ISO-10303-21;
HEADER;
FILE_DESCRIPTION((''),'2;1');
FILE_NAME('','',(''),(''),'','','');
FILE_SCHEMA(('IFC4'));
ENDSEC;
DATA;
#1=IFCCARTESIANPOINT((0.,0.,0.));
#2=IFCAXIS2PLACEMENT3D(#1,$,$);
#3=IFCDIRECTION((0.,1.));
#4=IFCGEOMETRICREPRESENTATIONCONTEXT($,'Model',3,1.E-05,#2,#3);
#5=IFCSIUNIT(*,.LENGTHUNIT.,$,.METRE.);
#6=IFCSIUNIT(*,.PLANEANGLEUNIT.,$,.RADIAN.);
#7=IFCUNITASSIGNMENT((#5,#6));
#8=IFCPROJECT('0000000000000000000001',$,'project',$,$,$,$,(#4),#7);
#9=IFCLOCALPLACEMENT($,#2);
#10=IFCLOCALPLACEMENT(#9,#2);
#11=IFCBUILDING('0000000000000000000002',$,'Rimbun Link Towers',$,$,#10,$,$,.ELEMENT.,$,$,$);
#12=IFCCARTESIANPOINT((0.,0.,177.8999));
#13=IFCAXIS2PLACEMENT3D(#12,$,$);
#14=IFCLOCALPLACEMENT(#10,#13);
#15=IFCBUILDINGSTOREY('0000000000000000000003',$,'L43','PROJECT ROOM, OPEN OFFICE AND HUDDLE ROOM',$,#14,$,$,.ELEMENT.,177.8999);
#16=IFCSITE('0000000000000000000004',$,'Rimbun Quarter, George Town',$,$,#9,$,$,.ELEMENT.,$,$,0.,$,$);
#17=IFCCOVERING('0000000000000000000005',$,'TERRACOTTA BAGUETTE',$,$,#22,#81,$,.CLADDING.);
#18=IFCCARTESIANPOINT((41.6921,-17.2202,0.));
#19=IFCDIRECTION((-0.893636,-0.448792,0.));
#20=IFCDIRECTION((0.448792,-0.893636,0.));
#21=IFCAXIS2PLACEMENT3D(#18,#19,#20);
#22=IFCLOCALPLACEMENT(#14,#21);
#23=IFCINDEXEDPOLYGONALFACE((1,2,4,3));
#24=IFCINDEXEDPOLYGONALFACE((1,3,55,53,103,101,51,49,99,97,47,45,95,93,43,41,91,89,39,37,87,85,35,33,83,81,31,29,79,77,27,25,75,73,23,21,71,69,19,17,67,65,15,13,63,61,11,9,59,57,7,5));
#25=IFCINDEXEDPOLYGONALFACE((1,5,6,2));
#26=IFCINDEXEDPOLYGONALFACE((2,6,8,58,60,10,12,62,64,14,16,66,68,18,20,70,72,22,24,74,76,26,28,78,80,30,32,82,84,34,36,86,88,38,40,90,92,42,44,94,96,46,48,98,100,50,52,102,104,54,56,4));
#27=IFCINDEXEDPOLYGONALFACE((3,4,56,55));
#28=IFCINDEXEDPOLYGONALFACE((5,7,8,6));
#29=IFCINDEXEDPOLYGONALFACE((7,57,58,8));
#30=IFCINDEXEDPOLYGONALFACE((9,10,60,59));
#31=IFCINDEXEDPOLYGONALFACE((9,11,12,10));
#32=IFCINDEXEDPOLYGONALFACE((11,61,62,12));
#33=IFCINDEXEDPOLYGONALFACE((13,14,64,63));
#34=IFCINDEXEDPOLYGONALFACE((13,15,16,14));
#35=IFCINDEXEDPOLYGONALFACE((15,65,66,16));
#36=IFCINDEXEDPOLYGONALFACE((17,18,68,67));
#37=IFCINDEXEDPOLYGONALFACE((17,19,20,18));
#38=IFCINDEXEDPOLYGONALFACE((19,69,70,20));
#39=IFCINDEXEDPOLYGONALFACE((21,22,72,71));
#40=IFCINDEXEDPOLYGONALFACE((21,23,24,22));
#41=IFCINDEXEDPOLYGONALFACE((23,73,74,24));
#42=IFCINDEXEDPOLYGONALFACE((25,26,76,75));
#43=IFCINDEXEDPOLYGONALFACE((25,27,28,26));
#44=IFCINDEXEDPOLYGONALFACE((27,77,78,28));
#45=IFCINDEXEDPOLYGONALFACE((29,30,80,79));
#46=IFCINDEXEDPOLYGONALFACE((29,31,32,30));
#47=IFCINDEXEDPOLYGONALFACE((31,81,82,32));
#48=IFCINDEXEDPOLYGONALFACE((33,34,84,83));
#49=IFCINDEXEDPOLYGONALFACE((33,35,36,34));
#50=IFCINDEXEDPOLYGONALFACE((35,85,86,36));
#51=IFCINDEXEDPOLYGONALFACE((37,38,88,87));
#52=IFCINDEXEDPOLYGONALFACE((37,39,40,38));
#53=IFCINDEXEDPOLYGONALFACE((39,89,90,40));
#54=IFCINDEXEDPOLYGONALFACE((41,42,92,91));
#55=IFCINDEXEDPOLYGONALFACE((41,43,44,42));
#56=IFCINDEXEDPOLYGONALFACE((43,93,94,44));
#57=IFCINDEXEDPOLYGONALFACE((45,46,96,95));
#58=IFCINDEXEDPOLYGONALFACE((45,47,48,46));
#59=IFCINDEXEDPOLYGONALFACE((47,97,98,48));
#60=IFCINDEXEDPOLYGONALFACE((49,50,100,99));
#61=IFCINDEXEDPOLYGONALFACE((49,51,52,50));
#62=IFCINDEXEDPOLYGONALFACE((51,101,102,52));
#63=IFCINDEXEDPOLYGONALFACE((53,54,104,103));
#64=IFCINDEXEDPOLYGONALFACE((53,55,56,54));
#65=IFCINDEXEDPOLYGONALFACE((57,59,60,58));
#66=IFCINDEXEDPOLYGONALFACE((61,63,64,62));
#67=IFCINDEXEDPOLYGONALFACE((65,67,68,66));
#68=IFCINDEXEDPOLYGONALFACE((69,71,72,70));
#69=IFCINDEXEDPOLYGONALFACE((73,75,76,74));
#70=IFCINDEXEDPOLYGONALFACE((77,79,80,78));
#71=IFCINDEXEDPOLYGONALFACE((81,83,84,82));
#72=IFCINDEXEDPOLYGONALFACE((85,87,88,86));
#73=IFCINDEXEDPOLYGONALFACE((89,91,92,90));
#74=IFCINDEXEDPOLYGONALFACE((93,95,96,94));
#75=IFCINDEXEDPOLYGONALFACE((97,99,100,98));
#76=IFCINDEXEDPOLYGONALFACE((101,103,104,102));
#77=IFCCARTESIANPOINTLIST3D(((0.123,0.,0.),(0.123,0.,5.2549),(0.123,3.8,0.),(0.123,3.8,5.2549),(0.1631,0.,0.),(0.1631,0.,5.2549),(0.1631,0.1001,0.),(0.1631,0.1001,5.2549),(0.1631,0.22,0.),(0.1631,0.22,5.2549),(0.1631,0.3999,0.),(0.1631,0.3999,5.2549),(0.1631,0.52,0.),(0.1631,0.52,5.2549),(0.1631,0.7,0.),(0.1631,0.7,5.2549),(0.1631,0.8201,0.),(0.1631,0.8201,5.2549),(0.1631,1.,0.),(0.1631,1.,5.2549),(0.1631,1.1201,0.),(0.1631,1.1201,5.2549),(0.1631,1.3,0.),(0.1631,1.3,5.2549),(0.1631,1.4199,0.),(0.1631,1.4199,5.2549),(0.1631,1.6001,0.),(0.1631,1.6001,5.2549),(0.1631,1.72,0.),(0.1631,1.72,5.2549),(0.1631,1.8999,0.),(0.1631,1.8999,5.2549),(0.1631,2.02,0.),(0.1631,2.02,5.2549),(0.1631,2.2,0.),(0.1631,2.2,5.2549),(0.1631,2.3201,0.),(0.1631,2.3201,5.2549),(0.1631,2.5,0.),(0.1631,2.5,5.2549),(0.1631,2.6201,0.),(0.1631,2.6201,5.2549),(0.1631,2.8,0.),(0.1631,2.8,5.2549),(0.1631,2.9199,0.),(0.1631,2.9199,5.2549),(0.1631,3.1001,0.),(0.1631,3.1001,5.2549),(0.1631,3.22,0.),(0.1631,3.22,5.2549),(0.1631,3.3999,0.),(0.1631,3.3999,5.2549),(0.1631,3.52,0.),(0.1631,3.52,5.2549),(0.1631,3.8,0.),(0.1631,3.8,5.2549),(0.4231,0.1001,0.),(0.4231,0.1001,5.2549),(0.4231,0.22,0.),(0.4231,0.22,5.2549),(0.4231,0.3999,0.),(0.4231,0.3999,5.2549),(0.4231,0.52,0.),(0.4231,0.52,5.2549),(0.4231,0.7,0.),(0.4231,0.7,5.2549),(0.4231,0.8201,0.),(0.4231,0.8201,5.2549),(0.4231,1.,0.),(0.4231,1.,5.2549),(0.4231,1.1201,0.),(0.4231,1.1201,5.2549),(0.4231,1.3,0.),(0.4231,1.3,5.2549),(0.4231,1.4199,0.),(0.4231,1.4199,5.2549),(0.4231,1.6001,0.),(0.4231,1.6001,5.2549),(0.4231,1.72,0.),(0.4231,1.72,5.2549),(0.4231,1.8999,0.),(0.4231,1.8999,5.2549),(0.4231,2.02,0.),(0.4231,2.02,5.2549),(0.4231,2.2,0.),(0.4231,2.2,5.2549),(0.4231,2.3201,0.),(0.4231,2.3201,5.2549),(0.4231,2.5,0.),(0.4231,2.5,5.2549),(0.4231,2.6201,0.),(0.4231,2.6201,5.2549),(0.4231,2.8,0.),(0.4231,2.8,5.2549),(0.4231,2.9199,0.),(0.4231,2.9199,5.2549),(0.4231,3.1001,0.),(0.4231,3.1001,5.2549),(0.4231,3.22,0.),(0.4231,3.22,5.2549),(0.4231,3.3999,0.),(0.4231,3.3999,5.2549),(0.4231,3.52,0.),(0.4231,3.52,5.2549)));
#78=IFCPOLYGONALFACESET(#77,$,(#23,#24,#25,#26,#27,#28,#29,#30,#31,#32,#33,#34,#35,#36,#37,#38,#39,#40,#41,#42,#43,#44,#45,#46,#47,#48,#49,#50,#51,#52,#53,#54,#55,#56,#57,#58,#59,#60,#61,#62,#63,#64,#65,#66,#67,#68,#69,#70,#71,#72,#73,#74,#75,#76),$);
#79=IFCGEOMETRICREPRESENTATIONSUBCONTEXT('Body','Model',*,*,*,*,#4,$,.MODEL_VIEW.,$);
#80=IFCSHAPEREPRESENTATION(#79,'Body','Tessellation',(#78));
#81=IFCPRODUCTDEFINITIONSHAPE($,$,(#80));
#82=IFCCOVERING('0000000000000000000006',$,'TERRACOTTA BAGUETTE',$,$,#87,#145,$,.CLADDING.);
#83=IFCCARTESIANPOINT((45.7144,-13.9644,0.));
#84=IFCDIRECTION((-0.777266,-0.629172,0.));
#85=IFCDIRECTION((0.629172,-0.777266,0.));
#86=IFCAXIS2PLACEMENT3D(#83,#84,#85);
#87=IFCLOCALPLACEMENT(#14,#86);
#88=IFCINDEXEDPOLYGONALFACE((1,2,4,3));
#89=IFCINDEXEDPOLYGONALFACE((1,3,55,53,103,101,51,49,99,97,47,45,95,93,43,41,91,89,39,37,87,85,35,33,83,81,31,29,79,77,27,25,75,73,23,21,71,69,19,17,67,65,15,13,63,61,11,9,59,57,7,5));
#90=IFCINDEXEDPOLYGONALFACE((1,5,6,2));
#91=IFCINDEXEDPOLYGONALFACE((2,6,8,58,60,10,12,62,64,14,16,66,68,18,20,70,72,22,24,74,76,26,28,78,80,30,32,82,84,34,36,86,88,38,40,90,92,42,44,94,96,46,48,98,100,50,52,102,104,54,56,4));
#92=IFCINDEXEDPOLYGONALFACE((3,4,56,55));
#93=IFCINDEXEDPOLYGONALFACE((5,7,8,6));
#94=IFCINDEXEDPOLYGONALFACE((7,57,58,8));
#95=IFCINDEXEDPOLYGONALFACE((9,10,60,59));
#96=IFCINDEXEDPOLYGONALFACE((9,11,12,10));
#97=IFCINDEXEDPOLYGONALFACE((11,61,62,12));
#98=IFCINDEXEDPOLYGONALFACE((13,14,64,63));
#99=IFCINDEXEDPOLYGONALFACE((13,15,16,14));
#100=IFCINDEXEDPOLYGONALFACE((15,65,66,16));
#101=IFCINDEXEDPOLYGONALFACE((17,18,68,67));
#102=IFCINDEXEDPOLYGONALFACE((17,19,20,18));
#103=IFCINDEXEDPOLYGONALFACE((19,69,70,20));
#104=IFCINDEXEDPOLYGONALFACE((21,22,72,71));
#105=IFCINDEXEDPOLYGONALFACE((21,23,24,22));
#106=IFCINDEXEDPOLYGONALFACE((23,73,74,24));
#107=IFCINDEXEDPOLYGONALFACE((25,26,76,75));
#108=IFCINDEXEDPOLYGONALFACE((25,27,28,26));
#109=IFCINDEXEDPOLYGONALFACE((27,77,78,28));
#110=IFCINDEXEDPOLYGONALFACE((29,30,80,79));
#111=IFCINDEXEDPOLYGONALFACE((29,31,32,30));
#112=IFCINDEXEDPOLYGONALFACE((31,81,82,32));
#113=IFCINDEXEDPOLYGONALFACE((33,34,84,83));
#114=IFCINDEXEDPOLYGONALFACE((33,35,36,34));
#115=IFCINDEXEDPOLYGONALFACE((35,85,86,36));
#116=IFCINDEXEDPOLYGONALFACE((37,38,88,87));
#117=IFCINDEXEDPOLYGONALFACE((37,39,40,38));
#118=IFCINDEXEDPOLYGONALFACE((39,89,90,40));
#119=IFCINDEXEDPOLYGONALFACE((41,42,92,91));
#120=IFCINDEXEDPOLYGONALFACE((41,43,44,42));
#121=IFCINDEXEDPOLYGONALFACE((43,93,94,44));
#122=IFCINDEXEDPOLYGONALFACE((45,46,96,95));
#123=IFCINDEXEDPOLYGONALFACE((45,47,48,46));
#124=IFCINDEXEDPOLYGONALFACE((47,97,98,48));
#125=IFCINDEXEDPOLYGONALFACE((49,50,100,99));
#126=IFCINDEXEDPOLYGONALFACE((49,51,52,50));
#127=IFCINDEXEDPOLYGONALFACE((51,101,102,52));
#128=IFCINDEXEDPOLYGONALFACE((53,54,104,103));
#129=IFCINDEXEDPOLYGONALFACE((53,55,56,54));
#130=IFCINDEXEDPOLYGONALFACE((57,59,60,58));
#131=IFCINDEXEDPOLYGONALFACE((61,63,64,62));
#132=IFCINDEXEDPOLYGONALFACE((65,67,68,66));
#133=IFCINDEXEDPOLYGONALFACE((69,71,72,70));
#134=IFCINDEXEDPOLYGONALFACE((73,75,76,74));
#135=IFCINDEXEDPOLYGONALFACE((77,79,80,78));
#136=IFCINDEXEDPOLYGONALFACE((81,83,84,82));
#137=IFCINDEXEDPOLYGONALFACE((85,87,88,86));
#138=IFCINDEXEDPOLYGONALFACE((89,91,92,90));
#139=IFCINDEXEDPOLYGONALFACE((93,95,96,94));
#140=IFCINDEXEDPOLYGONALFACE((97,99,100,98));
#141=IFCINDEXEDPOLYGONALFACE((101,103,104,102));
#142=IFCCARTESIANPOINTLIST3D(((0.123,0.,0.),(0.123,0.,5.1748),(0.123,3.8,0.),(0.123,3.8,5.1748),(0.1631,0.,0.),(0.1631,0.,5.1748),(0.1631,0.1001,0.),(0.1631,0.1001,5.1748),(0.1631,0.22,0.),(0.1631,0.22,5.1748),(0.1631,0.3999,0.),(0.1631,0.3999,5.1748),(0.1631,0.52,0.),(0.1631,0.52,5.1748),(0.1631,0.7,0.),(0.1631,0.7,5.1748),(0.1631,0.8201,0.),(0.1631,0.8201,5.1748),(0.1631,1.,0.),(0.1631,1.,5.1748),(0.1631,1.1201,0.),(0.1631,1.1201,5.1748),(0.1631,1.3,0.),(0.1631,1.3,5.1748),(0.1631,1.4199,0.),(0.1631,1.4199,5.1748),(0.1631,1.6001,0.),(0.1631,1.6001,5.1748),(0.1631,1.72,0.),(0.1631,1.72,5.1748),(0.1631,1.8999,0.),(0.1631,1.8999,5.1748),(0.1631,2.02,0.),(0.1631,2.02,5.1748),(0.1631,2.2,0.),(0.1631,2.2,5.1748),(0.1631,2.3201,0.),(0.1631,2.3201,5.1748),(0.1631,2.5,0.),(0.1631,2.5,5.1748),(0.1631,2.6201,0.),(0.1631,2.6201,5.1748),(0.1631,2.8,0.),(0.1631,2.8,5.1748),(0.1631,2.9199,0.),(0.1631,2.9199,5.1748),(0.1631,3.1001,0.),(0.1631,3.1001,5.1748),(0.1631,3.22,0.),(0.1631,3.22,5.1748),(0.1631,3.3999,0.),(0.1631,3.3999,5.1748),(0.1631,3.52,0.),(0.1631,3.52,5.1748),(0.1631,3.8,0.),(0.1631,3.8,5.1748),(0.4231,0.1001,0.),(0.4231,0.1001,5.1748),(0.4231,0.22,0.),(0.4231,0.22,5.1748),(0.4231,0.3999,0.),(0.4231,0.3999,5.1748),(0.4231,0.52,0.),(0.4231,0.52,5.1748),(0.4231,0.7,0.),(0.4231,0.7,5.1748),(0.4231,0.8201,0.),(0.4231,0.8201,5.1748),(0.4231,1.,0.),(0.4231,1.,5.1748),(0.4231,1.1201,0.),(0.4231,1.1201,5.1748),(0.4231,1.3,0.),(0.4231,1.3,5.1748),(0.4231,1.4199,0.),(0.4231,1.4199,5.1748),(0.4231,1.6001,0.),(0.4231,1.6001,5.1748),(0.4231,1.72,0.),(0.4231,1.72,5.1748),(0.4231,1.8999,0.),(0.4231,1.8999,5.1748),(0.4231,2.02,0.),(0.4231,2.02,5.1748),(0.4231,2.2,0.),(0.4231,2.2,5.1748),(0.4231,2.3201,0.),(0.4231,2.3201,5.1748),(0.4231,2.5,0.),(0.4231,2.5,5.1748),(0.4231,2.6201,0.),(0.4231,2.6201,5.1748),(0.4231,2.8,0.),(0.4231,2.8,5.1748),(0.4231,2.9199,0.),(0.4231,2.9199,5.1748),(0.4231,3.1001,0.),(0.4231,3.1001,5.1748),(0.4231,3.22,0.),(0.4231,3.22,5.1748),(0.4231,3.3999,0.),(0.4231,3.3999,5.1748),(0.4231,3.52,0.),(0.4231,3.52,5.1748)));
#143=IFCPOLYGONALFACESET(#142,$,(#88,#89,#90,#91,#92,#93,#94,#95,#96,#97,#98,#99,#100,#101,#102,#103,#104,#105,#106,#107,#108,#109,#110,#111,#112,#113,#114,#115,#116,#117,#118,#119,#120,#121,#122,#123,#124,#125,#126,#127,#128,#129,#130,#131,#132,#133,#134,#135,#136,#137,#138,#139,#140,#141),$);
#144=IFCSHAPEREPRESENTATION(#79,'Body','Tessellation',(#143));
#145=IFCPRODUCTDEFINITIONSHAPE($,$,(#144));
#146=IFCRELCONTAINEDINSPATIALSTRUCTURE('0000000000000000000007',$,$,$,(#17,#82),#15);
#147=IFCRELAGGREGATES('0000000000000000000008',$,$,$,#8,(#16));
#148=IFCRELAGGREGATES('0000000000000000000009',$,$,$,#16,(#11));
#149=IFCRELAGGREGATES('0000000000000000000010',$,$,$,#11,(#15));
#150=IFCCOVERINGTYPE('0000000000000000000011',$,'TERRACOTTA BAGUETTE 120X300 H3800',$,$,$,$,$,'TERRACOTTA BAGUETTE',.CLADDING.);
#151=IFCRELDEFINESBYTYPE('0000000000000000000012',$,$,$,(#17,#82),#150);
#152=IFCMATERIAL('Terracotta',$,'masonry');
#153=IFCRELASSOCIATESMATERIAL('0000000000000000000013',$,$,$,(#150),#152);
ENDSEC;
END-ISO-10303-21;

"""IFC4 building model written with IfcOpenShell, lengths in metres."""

from ifc_helpers import new_model, si_unit, direction, frame, origin, place, context, subcontext, project, spatial, polyline, outline, extrude, material, material_profile, profile_set, type_object, element, save


model = new_model("IFC4")

# Units and contexts
model_context = context("Model", 3, precision=1e-05, world=origin(), true_north=direction((0.0, 1.0)))
body_context = subcontext(model_context, "Body", "Model", "MODEL_VIEW")
ifc_project = project(units=[si_unit("LENGTHUNIT", "METRE"), si_unit("PLANEANGLEUNIT", "RADIAN")], contexts=[model_context])

# Site, building, storey
site_placement = place(None, origin())
site = spatial("IfcSite", under=ifc_project, at=site_placement, Name="Rimbun Quarter, George Town", CompositionType="ELEMENT", RefElevation=0.0)
building_placement = place(site_placement, origin())
building = spatial("IfcBuilding", under=site, at=building_placement, Name="Rimbun Link Towers", CompositionType="ELEMENT")
storey_placement = place(building_placement, frame((0.0, 0.0, 177.8999)))
storey = spatial("IfcBuildingStorey", under=building, at=storey_placement, Name="L43", Description="PROJECT ROOM, OPEN OFFICE AND HUDDLE ROOM", CompositionType="ELEMENT", Elevation=177.8999)

# Coverings
ifc_material_1 = material(Name="Terracotta", Category="masonry")
ifc_material_profile_1 = material_profile(ifc_material_1, outline(polyline([(0.123, 0.0), (0.1631, 0.0), (0.1631, 0.1001), (0.4231, 0.1001), (0.4231, 0.22), (0.1631, 0.22), (0.1631, 0.3999), (0.4231, 0.3999), (0.4231, 0.52), (0.1631, 0.52), (0.1631, 0.7), (0.4231, 0.7), (0.4231, 0.8201), (0.1631, 0.8201), (0.1631, 1.0), (0.4231, 1.0), (0.4231, 1.1201), (0.1631, 1.1201), (0.1631, 1.3), (0.4231, 1.3), (0.4231, 1.4199), (0.1631, 1.4199), (0.1631, 1.6001), (0.4231, 1.6001), (0.4231, 1.72), (0.1631, 1.72), (0.1631, 1.8999), (0.4231, 1.8999), (0.4231, 2.02), (0.1631, 2.02), (0.1631, 2.2), (0.4231, 2.2), (0.4231, 2.3201), (0.1631, 2.3201), (0.1631, 2.5), (0.4231, 2.5), (0.4231, 2.6201), (0.1631, 2.6201), (0.1631, 2.8), (0.4231, 2.8), (0.4231, 2.9199), (0.1631, 2.9199), (0.1631, 3.1001), (0.4231, 3.1001), (0.4231, 3.22), (0.1631, 3.22), (0.1631, 3.3999), (0.4231, 3.3999), (0.4231, 3.52), (0.1631, 3.52), (0.1631, 3.8), (0.123, 3.8), (0.123, 0.0)])), Name="BAGUETTE 120X300")
ifc_profile_set_1 = profile_set([ifc_material_profile_1], Name="Terracotta")
covering_type = type_object("IfcCoveringType", Name="TERRACOTTA BAGUETTE 120X300 H3800", ElementType="TERRACOTTA BAGUETTE", PredefinedType="CLADDING", material=ifc_profile_set_1)
covering_1_placement = place(storey_placement, frame((41.6921, -17.2202, 0.0), z_axis=(-0.893636, -0.448792, 0.0), x_axis=(0.448792, -0.893636, 0.0)))
element("IfcCovering", 1, at=covering_1_placement, inside=storey, type_object=covering_type, Name="TERRACOTTA BAGUETTE", PredefinedType="CLADDING", context=body_context, shape_type="SweptSolid", body=[
    extrude(outline(polyline([(0.123, 0.0), (0.1631, 0.0), (0.1631, 0.1001), (0.4231, 0.1001), (0.4231, 0.22), (0.1631, 0.22), (0.1631, 0.3999), (0.4231, 0.3999), (0.4231, 0.52), (0.1631, 0.52), (0.1631, 0.7), (0.4231, 0.7), (0.4231, 0.8201), (0.1631, 0.8201), (0.1631, 1.0), (0.4231, 1.0), (0.4231, 1.1201), (0.1631, 1.1201), (0.1631, 1.3), (0.4231, 1.3), (0.4231, 1.4199), (0.1631, 1.4199), (0.1631, 1.6001), (0.4231, 1.6001), (0.4231, 1.72), (0.1631, 1.72), (0.1631, 1.8999), (0.4231, 1.8999), (0.4231, 2.02), (0.1631, 2.02), (0.1631, 2.2), (0.4231, 2.2), (0.4231, 2.3201), (0.1631, 2.3201), (0.1631, 2.5), (0.4231, 2.5), (0.4231, 2.6201), (0.1631, 2.6201), (0.1631, 2.8), (0.4231, 2.8), (0.4231, 2.9199), (0.1631, 2.9199), (0.1631, 3.1001), (0.4231, 3.1001), (0.4231, 3.22), (0.1631, 3.22), (0.1631, 3.3999), (0.4231, 3.3999), (0.4231, 3.52), (0.1631, 3.52), (0.1631, 3.8), (0.123, 3.8), (0.123, 0.0)])), origin(), (0.0, 0.0, 1.0), 5.2549),
])
for number, where, z_axis, x_axis, name in (
    (2, (45.7144, -13.9644, 0.0), (-0.777266, -0.629172, 0.0), (0.629172, -0.777266, 0.0), "TERRACOTTA BAGUETTE"),
):
    element("IfcCovering", number, at=place(storey_placement, frame(where, z_axis=z_axis, x_axis=x_axis)), inside=storey, type_object=covering_type, Name=name, PredefinedType="CLADDING", context=body_context, shape_type="SweptSolid", body=[
        extrude(outline(polyline([(0.123, 0.0), (0.1631, 0.0), (0.1631, 0.1001), (0.4231, 0.1001), (0.4231, 0.22), (0.1631, 0.22), (0.1631, 0.3999), (0.4231, 0.3999), (0.4231, 0.52), (0.1631, 0.52), (0.1631, 0.7), (0.4231, 0.7), (0.4231, 0.8201), (0.1631, 0.8201), (0.1631, 1.0), (0.4231, 1.0), (0.4231, 1.1201), (0.1631, 1.1201), (0.1631, 1.3), (0.4231, 1.3), (0.4231, 1.4199), (0.1631, 1.4199), (0.1631, 1.6001), (0.4231, 1.6001), (0.4231, 1.72), (0.1631, 1.72), (0.1631, 1.8999), (0.4231, 1.8999), (0.4231, 2.02), (0.1631, 2.02), (0.1631, 2.2), (0.4231, 2.2), (0.4231, 2.3201), (0.1631, 2.3201), (0.1631, 2.5), (0.4231, 2.5), (0.4231, 2.6201), (0.1631, 2.6201), (0.1631, 2.8), (0.4231, 2.8), (0.4231, 2.9199), (0.1631, 2.9199), (0.1631, 3.1001), (0.4231, 3.1001), (0.4231, 3.22), (0.1631, 3.22), (0.1631, 3.3999), (0.4231, 3.3999), (0.4231, 3.52), (0.1631, 3.52), (0.1631, 3.8), (0.123, 3.8), (0.123, 0.0)])), origin(), (0.0, 0.0, 1.0), 5.1748),
    ])

save(model, "model.ifc")
